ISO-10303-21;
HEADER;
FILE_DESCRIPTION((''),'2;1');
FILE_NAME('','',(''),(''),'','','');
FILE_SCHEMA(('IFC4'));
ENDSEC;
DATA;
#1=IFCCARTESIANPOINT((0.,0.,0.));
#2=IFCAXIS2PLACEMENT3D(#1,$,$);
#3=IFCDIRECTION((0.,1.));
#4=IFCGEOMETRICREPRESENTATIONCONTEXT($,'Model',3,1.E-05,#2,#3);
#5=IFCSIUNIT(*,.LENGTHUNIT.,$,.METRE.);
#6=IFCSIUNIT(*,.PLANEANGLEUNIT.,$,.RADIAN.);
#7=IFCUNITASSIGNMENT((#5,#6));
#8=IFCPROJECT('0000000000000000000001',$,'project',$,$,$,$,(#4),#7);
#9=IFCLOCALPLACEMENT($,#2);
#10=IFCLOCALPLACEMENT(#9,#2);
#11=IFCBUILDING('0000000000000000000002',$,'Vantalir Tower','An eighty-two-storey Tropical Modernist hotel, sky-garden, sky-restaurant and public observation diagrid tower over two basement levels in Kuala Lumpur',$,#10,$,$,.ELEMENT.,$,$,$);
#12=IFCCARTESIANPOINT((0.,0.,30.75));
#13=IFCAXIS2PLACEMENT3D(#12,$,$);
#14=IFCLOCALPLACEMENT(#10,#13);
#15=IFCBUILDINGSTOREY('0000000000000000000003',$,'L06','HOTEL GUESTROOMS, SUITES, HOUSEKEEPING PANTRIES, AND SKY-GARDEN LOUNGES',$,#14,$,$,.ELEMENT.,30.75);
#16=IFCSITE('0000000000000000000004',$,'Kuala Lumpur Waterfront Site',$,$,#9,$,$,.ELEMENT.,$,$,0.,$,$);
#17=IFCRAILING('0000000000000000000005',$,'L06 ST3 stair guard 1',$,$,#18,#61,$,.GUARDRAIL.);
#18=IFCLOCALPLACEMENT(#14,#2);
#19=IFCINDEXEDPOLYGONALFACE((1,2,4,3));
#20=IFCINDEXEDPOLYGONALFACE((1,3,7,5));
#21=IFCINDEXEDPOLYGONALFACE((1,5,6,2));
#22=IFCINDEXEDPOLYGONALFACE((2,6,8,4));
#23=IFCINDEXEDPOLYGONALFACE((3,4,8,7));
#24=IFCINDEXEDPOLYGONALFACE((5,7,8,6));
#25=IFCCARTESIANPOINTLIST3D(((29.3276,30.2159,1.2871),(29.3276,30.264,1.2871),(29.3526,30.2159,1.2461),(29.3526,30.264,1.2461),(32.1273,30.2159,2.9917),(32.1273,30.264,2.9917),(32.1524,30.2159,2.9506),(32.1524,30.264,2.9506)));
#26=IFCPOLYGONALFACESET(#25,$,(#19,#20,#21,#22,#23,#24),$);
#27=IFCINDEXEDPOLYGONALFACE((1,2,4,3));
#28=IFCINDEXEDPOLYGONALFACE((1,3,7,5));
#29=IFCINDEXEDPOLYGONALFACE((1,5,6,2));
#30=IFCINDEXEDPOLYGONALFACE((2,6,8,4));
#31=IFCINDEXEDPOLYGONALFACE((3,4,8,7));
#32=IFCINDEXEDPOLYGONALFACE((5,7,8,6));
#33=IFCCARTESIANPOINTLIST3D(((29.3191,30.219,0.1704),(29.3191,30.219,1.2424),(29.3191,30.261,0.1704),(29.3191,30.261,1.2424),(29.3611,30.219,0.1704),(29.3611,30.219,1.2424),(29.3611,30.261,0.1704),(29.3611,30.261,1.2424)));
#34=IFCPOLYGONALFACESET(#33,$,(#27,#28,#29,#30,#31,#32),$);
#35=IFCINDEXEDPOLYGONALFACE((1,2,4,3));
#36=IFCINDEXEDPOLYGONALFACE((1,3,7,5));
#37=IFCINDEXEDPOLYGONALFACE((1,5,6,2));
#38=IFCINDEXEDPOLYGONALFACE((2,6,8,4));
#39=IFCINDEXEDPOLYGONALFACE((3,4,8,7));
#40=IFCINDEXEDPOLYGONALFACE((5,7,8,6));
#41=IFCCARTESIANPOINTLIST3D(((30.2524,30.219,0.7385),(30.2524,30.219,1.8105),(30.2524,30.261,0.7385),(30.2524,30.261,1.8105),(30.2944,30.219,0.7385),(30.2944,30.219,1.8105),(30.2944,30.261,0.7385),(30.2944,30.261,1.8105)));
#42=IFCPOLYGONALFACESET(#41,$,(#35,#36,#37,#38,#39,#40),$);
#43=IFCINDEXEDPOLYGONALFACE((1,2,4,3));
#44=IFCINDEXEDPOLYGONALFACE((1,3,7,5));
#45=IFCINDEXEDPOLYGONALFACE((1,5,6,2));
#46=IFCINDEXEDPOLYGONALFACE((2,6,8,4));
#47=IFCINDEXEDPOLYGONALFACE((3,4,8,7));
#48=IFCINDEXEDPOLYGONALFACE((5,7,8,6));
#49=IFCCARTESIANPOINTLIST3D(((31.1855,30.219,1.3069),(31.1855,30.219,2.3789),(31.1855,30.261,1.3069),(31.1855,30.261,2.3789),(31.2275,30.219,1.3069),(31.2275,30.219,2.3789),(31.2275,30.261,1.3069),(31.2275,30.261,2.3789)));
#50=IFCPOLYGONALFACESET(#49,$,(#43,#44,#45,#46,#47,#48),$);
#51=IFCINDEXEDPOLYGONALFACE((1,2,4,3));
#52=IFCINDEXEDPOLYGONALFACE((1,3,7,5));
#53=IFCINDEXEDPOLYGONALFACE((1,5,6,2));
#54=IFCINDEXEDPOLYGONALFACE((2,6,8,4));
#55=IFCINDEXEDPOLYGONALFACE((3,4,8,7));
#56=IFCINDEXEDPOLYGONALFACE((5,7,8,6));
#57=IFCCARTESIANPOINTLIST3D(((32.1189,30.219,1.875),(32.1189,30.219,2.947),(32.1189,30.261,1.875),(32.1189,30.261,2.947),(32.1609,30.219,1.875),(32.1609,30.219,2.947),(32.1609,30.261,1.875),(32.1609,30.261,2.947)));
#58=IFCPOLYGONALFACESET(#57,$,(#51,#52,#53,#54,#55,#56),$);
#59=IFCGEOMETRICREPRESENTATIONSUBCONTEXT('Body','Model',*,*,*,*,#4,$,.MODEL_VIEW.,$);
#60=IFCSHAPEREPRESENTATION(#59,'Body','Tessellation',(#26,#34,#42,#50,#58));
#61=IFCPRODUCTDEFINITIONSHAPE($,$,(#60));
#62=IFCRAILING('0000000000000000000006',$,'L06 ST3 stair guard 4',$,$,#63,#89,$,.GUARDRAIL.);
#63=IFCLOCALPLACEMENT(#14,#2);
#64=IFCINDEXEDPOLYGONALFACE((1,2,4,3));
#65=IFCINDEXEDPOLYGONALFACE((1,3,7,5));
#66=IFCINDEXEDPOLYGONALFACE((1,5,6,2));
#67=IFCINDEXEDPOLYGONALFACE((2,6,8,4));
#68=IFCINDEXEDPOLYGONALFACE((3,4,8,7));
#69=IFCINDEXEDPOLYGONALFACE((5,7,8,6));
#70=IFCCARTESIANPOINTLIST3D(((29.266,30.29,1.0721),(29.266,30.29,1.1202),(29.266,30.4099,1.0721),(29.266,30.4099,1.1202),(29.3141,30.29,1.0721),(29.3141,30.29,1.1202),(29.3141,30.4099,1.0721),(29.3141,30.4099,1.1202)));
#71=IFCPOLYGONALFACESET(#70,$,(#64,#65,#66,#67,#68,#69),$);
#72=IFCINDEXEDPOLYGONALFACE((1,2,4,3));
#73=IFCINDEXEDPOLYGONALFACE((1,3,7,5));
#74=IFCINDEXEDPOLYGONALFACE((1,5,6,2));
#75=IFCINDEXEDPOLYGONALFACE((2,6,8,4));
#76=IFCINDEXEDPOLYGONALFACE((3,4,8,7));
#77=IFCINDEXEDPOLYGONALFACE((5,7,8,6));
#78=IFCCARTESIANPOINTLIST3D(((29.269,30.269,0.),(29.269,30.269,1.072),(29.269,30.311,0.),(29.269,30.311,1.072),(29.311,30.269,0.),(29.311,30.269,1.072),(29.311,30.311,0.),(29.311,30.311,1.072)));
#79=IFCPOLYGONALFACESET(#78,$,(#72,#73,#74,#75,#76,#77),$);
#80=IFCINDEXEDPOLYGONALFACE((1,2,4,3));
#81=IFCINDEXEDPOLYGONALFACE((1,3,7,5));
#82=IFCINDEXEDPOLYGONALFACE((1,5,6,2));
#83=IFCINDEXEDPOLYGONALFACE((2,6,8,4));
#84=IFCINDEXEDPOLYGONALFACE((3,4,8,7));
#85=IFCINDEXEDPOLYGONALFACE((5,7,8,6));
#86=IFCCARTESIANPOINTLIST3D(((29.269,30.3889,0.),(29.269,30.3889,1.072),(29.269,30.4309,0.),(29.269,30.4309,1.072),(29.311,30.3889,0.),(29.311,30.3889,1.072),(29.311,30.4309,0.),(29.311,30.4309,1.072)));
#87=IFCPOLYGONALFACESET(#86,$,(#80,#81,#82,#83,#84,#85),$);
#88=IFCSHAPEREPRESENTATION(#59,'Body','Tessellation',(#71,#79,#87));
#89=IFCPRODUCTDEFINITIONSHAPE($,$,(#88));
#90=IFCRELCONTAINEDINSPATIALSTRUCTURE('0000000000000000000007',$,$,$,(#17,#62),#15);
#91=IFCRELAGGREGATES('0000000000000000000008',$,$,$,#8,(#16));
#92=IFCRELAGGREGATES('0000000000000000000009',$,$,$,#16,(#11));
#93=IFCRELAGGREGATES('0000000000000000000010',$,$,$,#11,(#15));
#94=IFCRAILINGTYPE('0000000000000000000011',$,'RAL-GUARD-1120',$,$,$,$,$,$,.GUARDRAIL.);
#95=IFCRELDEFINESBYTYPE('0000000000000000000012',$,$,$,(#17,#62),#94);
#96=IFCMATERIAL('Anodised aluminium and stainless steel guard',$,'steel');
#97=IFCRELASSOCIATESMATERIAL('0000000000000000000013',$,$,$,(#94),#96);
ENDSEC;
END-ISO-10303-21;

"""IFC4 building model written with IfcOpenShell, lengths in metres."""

from ifc_helpers import new_model, si_unit, direction, frame, origin, origin_2d, place, context, subcontext, project, spatial, rectangle, extrude, material, type_object, element, save


model = new_model("IFC4")

# Units and contexts
model_context = context("Model", 3, precision=1e-05, world=origin(), true_north=direction((0.0, 1.0)))
body_context = subcontext(model_context, "Body", "Model", "MODEL_VIEW")
ifc_project = project(units=[si_unit("LENGTHUNIT", "METRE"), si_unit("PLANEANGLEUNIT", "RADIAN")], contexts=[model_context])

# Site, building, storey
site_placement = place(None, origin())
site = spatial("IfcSite", under=ifc_project, at=site_placement, Name="Kuala Lumpur Waterfront Site", CompositionType="ELEMENT", RefElevation=0.0)
building_placement = place(site_placement, origin())
building = spatial("IfcBuilding", under=site, at=building_placement, Name="Vantalir Tower", Description="An eighty-two-storey Tropical Modernist hotel, sky-garden, sky-restaurant and public observation diagrid tower over two basement levels in Kuala Lumpur", CompositionType="ELEMENT")
storey_placement = place(building_placement, frame((0.0, 0.0, 30.75)))
storey = spatial("IfcBuildingStorey", under=building, at=storey_placement, Name="L06", Description="HOTEL GUESTROOMS, SUITES, HOUSEKEEPING PANTRIES, AND SKY-GARDEN LOUNGES", CompositionType="ELEMENT", Elevation=30.75)

# Railings
ifc_material_1 = material(Name="Anodised aluminium and stainless steel guard", Category="steel")
railing_type = type_object("IfcRailingType", Name="RAL-GUARD-1120", PredefinedType="GUARDRAIL", material=ifc_material_1)
railing_1_placement = place(storey_placement, frame((29.3401, 30.24, 0.1704)))
element("IfcRailing", 1, at=railing_1_placement, inside=storey, type_object=railing_type, Name="L06 ST3 stair guard 1", PredefinedType="GUARDRAIL", context=body_context, shape_type="SweptSolid", body=[
    extrude(rectangle(XDim=0.0481, YDim=0.0481, at=origin_2d()), frame((0.0, 0.0, 1.0962), z_axis=(0.85415, 0.0, 0.520027), x_axis=(0.0, 1.0, 0.0)), (0.0, 0.0, 1.0), 3.2778),
    extrude(rectangle(XDim=0.042, YDim=0.042, at=origin_2d()), origin(), (0.0, 0.0, 1.0), 1.072),
    extrude(rectangle(XDim=0.042, YDim=0.042, at=origin_2d()), frame((0.9333, 0.0, 0.5681)), (0.0, 0.0, 1.0), 1.072),
    extrude(rectangle(XDim=0.042, YDim=0.042, at=origin_2d()), frame((1.8665, 0.0, 1.1365)), (0.0, 0.0, 1.0), 1.072),
    extrude(rectangle(XDim=0.042, YDim=0.042, at=origin_2d()), frame((2.7998, 0.0, 1.7046)), (0.0, 0.0, 1.0), 1.072),
])
railing_2_placement = place(storey_placement, frame((29.29, 30.29, 0.0)))
element("IfcRailing", 2, at=railing_2_placement, inside=storey, type_object=railing_type, Name="L06 ST3 stair guard 4", PredefinedType="GUARDRAIL", context=body_context, shape_type="SweptSolid", body=[
    extrude(rectangle(XDim=0.0481, YDim=0.0481, at=origin_2d()), frame((0.0, 0.0, 1.0962), z_axis=(0.0, 1.0, 0.0), x_axis=(-1.0, 0.0, 0.0)), (0.0, 0.0, 1.0), 0.1199),
    extrude(rectangle(XDim=0.042, YDim=0.042, at=origin_2d()), origin(), (0.0, 0.0, 1.0), 1.072),
    extrude(rectangle(XDim=0.042, YDim=0.042, at=origin_2d()), frame((0.0, 0.1199, 0.0)), (0.0, 0.0, 1.0), 1.072),
])

save(model, "model.ifc")
